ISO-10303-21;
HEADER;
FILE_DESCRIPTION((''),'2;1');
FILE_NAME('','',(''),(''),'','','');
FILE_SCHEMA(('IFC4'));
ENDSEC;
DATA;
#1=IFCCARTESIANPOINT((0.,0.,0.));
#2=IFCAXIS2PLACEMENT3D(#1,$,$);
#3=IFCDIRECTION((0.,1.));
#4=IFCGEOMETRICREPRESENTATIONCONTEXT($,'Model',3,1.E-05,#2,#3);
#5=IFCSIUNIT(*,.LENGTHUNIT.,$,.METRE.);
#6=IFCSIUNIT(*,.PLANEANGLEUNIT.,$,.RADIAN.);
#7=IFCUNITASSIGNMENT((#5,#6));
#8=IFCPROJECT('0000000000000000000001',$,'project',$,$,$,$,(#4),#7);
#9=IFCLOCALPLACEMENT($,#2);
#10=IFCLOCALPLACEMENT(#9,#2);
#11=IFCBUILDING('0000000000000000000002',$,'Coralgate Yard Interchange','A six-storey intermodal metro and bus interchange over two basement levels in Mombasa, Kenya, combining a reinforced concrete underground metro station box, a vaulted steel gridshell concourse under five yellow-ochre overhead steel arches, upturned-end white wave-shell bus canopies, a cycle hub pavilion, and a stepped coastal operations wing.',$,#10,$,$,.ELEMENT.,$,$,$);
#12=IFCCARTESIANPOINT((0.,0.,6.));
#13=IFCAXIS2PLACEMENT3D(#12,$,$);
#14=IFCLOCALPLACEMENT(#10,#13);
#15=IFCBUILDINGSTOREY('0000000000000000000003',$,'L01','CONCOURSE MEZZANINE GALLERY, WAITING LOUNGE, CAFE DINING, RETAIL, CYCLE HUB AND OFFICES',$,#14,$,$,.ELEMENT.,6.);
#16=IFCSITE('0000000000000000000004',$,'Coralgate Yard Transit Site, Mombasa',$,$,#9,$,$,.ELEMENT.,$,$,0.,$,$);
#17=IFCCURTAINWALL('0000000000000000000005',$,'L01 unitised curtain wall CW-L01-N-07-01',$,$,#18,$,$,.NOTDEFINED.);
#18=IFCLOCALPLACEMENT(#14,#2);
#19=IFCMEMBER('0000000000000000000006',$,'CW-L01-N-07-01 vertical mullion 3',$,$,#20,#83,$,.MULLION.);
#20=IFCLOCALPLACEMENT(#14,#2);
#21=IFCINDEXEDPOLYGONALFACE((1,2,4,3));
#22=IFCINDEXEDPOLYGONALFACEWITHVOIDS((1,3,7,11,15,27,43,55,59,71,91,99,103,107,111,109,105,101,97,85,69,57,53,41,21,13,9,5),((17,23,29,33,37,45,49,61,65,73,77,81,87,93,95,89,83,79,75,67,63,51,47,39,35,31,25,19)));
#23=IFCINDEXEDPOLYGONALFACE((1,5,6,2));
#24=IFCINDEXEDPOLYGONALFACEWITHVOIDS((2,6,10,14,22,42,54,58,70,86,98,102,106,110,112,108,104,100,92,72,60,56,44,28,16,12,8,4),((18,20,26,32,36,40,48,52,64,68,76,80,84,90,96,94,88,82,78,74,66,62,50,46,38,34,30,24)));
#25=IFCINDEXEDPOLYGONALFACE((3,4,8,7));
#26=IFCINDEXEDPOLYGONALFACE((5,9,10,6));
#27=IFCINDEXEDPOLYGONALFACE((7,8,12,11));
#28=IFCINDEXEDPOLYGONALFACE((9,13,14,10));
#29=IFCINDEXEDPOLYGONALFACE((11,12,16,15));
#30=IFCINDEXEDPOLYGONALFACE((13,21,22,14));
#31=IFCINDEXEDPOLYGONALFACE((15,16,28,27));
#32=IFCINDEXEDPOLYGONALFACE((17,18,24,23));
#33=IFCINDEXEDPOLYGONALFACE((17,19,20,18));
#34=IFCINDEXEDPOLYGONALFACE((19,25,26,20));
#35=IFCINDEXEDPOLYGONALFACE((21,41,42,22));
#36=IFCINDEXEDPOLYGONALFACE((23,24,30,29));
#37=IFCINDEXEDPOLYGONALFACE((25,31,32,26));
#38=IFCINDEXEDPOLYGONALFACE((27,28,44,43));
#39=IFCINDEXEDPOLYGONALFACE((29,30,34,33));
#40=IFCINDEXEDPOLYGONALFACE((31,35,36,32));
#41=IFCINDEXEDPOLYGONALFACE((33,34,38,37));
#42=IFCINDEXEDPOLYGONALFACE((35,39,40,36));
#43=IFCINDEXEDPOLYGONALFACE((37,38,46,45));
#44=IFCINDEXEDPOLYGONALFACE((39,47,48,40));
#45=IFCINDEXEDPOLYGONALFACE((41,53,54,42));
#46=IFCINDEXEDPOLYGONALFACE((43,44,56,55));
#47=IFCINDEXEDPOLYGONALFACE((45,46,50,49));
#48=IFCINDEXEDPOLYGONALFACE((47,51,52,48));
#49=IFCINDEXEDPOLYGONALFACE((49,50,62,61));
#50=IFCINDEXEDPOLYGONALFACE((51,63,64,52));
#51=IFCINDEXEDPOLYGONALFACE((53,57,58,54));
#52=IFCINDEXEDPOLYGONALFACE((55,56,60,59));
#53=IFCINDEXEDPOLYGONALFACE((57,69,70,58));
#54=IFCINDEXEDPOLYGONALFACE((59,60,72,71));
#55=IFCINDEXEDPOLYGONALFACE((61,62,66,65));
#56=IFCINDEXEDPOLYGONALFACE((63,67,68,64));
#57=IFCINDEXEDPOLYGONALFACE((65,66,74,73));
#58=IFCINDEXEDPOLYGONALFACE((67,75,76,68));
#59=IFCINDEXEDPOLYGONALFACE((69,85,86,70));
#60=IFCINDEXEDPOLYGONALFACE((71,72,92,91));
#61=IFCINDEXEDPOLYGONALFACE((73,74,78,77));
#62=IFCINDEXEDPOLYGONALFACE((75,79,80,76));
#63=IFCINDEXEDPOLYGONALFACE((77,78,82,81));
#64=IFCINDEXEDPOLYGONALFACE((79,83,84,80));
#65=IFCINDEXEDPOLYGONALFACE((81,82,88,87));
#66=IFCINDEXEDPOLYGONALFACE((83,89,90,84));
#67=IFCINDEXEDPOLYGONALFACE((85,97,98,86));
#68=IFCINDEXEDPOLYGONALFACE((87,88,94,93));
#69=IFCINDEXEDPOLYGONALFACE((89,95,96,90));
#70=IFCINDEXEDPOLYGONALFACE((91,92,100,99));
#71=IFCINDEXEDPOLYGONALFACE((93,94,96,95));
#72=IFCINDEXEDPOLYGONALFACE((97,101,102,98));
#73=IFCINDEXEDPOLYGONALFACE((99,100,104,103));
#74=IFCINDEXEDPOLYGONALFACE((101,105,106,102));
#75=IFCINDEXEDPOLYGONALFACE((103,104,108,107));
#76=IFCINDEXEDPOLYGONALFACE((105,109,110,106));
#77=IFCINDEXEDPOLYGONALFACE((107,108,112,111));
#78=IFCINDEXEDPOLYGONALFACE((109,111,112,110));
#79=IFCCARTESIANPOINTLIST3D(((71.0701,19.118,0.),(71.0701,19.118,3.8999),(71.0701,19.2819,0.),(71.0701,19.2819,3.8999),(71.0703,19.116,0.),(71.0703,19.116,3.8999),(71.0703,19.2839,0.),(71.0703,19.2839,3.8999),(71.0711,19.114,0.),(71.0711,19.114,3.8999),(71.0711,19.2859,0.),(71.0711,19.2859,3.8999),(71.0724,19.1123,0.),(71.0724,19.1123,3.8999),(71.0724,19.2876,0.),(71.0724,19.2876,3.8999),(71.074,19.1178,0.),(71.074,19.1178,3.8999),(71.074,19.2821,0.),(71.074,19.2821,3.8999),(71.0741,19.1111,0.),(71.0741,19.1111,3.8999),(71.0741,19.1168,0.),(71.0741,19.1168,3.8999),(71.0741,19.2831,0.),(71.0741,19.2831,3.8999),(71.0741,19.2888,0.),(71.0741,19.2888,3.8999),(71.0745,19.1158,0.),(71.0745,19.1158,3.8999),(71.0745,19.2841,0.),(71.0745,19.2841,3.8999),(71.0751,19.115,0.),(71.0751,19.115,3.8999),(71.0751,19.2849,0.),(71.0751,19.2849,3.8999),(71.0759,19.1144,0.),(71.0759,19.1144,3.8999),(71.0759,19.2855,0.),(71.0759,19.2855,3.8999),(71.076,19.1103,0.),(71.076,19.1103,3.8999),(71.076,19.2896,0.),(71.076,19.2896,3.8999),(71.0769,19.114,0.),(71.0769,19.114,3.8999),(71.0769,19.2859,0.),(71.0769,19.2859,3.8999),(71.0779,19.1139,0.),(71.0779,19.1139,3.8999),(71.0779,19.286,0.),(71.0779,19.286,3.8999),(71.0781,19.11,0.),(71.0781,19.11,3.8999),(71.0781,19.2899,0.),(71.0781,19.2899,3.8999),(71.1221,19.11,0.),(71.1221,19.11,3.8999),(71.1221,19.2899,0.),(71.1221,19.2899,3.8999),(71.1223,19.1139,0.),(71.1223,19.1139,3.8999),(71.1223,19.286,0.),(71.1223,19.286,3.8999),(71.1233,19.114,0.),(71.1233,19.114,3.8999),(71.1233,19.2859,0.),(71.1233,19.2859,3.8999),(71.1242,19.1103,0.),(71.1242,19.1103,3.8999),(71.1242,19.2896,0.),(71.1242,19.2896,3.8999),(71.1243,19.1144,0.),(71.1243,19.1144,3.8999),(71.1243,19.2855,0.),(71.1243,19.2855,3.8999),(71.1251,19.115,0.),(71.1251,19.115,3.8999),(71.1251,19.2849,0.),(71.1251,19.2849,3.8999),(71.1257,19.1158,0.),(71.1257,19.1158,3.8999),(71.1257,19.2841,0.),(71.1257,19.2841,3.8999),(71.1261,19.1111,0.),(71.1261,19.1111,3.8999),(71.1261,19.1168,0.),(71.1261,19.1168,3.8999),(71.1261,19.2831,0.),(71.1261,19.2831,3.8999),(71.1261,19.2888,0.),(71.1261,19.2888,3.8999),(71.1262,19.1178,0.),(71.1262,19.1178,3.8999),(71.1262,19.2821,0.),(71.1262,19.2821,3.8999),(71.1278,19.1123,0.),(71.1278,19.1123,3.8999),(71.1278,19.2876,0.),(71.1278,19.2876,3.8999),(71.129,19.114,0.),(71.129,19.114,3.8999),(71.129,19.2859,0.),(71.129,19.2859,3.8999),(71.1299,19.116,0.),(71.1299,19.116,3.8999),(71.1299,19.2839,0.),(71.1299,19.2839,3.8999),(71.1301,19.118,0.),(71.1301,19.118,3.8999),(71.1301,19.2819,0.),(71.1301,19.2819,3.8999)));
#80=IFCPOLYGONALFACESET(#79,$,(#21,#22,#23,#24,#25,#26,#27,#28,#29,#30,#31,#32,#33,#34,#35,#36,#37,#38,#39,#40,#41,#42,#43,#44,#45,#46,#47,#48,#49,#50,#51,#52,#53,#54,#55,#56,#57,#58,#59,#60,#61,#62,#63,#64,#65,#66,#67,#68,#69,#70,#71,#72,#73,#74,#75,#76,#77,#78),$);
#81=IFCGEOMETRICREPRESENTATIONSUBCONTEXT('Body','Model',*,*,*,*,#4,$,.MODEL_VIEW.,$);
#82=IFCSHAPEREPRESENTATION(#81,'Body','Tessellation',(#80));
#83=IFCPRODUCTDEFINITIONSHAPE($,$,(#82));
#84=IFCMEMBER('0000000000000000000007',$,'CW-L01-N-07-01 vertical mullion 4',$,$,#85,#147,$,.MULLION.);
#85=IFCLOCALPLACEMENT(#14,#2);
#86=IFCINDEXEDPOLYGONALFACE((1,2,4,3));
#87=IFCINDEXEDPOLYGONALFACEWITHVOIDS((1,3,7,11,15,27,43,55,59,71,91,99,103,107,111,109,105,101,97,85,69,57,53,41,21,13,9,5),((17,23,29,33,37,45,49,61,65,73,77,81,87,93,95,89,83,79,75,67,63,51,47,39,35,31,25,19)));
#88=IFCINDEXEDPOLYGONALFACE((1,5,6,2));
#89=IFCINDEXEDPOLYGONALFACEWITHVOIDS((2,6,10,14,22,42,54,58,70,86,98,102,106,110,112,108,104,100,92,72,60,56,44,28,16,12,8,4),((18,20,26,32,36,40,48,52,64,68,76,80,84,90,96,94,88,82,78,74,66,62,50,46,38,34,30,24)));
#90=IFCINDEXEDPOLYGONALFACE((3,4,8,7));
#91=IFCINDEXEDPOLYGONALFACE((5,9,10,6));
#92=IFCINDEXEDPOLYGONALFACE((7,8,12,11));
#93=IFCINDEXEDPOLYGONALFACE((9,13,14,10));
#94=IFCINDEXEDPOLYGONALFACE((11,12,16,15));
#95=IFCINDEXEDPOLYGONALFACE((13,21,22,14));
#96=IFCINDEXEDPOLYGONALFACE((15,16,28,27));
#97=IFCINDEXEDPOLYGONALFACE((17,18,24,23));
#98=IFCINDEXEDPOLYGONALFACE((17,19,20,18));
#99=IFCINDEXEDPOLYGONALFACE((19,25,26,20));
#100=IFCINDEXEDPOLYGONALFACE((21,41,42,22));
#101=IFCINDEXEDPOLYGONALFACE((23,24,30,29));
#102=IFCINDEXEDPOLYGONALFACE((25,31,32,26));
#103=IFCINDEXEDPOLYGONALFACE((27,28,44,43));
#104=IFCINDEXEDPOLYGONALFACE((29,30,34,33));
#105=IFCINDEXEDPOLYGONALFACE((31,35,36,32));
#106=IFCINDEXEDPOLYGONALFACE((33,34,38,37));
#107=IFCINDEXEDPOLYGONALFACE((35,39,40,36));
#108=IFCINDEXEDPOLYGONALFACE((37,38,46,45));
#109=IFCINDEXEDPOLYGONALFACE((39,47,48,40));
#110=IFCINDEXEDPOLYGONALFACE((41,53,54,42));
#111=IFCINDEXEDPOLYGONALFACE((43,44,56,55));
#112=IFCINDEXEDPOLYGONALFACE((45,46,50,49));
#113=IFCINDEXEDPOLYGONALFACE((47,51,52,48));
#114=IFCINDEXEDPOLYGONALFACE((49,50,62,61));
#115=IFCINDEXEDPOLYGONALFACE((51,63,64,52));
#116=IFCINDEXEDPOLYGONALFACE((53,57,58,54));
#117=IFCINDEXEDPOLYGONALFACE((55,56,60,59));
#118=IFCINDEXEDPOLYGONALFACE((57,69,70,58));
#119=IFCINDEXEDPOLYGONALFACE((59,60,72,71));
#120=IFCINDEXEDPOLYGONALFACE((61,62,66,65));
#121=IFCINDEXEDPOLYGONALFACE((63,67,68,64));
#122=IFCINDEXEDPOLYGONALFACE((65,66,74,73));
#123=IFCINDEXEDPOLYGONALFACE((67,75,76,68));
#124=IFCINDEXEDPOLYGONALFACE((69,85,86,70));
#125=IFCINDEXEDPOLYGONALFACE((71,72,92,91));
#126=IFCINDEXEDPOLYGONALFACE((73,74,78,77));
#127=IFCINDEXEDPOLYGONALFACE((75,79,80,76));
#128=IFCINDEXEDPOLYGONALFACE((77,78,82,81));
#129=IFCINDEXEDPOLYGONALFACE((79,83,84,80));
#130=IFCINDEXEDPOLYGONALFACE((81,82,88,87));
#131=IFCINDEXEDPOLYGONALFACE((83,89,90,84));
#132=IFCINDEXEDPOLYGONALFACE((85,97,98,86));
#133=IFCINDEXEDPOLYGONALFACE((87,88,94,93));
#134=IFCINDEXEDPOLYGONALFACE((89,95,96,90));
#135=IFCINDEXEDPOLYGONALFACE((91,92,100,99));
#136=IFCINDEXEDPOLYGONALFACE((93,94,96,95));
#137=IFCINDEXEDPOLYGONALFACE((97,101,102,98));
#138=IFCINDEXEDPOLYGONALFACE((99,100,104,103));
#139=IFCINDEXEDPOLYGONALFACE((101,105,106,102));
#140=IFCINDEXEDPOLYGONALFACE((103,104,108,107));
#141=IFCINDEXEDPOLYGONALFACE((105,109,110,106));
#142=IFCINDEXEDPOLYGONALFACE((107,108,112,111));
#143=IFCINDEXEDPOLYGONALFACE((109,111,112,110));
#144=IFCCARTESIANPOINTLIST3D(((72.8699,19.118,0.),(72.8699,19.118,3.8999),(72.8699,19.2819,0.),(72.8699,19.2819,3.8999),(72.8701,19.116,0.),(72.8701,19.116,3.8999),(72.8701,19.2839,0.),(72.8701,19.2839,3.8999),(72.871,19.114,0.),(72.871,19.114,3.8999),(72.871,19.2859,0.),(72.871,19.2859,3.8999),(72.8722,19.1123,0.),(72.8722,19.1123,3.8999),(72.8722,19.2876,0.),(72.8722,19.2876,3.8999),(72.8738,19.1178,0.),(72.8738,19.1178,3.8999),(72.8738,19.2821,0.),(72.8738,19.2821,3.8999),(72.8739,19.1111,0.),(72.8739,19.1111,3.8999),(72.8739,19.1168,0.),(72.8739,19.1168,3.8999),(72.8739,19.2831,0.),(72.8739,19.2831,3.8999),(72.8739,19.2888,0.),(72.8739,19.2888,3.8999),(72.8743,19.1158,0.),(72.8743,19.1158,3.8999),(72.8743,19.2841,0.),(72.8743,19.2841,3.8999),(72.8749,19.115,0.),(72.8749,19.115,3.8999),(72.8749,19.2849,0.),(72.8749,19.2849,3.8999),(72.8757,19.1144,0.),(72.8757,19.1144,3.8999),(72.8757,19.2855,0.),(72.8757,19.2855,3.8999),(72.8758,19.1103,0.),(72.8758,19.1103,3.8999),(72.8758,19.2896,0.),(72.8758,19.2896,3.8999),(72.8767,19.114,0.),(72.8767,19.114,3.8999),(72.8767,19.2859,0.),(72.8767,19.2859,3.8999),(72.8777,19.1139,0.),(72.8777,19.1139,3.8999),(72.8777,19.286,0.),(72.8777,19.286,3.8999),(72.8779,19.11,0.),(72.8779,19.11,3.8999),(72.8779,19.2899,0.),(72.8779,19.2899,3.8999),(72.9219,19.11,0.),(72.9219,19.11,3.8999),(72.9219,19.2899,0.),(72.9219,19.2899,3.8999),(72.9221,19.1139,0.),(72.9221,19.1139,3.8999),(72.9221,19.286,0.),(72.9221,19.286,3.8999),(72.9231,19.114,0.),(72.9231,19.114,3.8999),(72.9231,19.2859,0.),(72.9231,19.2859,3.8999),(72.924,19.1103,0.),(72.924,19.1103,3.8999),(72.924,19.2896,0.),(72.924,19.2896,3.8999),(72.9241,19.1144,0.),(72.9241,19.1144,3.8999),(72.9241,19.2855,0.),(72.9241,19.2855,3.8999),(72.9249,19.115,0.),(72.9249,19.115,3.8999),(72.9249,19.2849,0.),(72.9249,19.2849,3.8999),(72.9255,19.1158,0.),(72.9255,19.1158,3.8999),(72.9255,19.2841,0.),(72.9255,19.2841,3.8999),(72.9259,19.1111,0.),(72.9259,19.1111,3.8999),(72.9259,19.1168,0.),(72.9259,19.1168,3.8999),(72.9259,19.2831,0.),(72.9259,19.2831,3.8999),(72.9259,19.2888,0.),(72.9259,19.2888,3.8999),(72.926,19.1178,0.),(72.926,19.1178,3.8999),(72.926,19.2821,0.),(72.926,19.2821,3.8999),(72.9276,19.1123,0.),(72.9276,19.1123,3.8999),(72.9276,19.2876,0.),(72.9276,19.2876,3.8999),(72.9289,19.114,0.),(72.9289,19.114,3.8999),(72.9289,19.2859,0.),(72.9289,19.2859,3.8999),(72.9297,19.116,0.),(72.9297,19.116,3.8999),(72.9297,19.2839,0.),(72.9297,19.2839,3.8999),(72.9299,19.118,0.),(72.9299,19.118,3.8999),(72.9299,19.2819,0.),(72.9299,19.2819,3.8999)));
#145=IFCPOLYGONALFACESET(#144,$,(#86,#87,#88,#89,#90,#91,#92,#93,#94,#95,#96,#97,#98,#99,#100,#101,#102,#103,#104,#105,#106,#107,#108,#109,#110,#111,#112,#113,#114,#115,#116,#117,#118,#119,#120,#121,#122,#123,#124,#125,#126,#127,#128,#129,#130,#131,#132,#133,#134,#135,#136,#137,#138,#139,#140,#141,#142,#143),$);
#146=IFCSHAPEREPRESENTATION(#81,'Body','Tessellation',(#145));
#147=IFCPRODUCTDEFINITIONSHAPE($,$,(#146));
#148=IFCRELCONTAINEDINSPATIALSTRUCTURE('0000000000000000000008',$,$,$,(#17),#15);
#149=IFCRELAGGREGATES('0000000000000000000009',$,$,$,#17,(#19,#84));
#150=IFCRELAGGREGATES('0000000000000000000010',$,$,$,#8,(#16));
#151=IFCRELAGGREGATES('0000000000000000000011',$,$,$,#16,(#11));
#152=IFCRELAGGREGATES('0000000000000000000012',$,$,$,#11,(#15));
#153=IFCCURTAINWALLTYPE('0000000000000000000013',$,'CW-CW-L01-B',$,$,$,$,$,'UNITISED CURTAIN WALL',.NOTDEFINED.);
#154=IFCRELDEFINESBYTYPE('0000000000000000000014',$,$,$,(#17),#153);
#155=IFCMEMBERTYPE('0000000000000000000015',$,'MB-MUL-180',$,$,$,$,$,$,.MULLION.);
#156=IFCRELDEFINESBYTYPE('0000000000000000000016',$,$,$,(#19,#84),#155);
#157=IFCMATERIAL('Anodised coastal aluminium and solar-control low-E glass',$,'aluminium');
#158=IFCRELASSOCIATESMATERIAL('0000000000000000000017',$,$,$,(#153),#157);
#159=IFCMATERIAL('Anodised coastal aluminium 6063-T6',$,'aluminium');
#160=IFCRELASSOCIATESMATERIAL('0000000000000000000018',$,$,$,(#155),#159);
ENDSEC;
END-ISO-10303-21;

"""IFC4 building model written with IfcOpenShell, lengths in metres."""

from ifc_helpers import new_model, si_unit, direction, frame, origin, origin_2d, place, context, subcontext, project, spatial, hollow_rectangle, extrude, material, material_profile, profile_set, type_object, element, aggregate, save


model = new_model("IFC4")

# Units and contexts
model_context = context("Model", 3, precision=1e-05, world=origin(), true_north=direction((0.0, 1.0)))
body_context = subcontext(model_context, "Body", "Model", "MODEL_VIEW")
ifc_project = project(units=[si_unit("LENGTHUNIT", "METRE"), si_unit("PLANEANGLEUNIT", "RADIAN")], contexts=[model_context])

# Site, building, storey
site_placement = place(None, origin())
site = spatial("IfcSite", under=ifc_project, at=site_placement, Name="Coralgate Yard Transit Site, Mombasa", CompositionType="ELEMENT", RefElevation=0.0)
building_placement = place(site_placement, origin())
building = spatial("IfcBuilding", under=site, at=building_placement, Name="Coralgate Yard Interchange", Description="A six-storey intermodal metro and bus interchange over two basement levels in Mombasa, Kenya, combining a reinforced concrete underground metro station box, a vaulted steel gridshell concourse under five yellow-ochre overhead steel arches, upturned-end white wave-shell bus canopies, a cycle hub pavilion, and a stepped coastal operations wing.", CompositionType="ELEMENT")
storey_placement = place(building_placement, frame((0.0, 0.0, 6.0)))
storey = spatial("IfcBuildingStorey", under=building, at=storey_placement, Name="L01", Description="CONCOURSE MEZZANINE GALLERY, WAITING LOUNGE, CAFE DINING, RETAIL, CYCLE HUB AND OFFICES", CompositionType="ELEMENT", Elevation=6.0)

# Shared definitions
ifc_material_1 = material(Name="Anodised coastal aluminium and solar-control low-E glass", Category="aluminium")
curtain_wall_type = type_object("IfcCurtainWallType", Name="CW-CW-L01-B", ElementType="UNITISED CURTAIN WALL", PredefinedType="NOTDEFINED", material=ifc_material_1)
ifc_material_2 = material(Name="Anodised coastal aluminium 6063-T6", Category="aluminium")
ifc_material_profile_1 = material_profile(ifc_material_2, hollow_rectangle(XDim=0.0601, YDim=0.1799, WallThickness=0.0039, InnerFilletRadius=0.0039, OuterFilletRadius=0.0081, at=origin_2d()), Name="ALU 60x180x4")
ifc_profile_set_1 = profile_set([ifc_material_profile_1], Name="Anodised coastal aluminium 6063-T6")
member_type_1 = type_object("IfcMemberType", Name="MB-MUL-180", PredefinedType="MULLION", material=ifc_profile_set_1)

# Curtain wall, members
curtain_wall_1_placement = place(storey_placement, origin())
curtain_wall_1 = element("IfcCurtainWall", 1, at=curtain_wall_1_placement, inside=storey, type_object=curtain_wall_type, Name="L01 unitised curtain wall CW-L01-N-07-01", PredefinedType="NOTDEFINED")
member_1_placement = place(storey_placement, frame((71.1001, 19.2, 0.0), z_axis=(0.0, 0.0, 1.0), x_axis=(1.0, 0.0, 0.0)))
member_1 = element("IfcMember", 2, at=member_1_placement, type_object=member_type_1, Name="CW-L01-N-07-01 vertical mullion 3", PredefinedType="MULLION", context=body_context, shape_type="SweptSolid", body=[
    extrude(hollow_rectangle(XDim=0.0601, YDim=0.1799, WallThickness=0.0039, InnerFilletRadius=0.0039, OuterFilletRadius=0.0081, at=origin_2d()), origin(), (0.0, 0.0, 1.0), 3.8999),
])
member_2_placement = place(storey_placement, frame((72.8999, 19.2, 0.0), z_axis=(0.0, 0.0, 1.0), x_axis=(1.0, 0.0, 0.0)))
member_2 = element("IfcMember", 3, at=member_2_placement, type_object=member_type_1, Name="CW-L01-N-07-01 vertical mullion 4", PredefinedType="MULLION", context=body_context, shape_type="SweptSolid", body=[
    extrude(hollow_rectangle(XDim=0.0601, YDim=0.1799, WallThickness=0.0039, InnerFilletRadius=0.0039, OuterFilletRadius=0.0081, at=origin_2d()), origin(), (0.0, 0.0, 1.0), 3.8999),
])

aggregate(curtain_wall_1, [member_1, member_2])

save(model, "model.ifc")
